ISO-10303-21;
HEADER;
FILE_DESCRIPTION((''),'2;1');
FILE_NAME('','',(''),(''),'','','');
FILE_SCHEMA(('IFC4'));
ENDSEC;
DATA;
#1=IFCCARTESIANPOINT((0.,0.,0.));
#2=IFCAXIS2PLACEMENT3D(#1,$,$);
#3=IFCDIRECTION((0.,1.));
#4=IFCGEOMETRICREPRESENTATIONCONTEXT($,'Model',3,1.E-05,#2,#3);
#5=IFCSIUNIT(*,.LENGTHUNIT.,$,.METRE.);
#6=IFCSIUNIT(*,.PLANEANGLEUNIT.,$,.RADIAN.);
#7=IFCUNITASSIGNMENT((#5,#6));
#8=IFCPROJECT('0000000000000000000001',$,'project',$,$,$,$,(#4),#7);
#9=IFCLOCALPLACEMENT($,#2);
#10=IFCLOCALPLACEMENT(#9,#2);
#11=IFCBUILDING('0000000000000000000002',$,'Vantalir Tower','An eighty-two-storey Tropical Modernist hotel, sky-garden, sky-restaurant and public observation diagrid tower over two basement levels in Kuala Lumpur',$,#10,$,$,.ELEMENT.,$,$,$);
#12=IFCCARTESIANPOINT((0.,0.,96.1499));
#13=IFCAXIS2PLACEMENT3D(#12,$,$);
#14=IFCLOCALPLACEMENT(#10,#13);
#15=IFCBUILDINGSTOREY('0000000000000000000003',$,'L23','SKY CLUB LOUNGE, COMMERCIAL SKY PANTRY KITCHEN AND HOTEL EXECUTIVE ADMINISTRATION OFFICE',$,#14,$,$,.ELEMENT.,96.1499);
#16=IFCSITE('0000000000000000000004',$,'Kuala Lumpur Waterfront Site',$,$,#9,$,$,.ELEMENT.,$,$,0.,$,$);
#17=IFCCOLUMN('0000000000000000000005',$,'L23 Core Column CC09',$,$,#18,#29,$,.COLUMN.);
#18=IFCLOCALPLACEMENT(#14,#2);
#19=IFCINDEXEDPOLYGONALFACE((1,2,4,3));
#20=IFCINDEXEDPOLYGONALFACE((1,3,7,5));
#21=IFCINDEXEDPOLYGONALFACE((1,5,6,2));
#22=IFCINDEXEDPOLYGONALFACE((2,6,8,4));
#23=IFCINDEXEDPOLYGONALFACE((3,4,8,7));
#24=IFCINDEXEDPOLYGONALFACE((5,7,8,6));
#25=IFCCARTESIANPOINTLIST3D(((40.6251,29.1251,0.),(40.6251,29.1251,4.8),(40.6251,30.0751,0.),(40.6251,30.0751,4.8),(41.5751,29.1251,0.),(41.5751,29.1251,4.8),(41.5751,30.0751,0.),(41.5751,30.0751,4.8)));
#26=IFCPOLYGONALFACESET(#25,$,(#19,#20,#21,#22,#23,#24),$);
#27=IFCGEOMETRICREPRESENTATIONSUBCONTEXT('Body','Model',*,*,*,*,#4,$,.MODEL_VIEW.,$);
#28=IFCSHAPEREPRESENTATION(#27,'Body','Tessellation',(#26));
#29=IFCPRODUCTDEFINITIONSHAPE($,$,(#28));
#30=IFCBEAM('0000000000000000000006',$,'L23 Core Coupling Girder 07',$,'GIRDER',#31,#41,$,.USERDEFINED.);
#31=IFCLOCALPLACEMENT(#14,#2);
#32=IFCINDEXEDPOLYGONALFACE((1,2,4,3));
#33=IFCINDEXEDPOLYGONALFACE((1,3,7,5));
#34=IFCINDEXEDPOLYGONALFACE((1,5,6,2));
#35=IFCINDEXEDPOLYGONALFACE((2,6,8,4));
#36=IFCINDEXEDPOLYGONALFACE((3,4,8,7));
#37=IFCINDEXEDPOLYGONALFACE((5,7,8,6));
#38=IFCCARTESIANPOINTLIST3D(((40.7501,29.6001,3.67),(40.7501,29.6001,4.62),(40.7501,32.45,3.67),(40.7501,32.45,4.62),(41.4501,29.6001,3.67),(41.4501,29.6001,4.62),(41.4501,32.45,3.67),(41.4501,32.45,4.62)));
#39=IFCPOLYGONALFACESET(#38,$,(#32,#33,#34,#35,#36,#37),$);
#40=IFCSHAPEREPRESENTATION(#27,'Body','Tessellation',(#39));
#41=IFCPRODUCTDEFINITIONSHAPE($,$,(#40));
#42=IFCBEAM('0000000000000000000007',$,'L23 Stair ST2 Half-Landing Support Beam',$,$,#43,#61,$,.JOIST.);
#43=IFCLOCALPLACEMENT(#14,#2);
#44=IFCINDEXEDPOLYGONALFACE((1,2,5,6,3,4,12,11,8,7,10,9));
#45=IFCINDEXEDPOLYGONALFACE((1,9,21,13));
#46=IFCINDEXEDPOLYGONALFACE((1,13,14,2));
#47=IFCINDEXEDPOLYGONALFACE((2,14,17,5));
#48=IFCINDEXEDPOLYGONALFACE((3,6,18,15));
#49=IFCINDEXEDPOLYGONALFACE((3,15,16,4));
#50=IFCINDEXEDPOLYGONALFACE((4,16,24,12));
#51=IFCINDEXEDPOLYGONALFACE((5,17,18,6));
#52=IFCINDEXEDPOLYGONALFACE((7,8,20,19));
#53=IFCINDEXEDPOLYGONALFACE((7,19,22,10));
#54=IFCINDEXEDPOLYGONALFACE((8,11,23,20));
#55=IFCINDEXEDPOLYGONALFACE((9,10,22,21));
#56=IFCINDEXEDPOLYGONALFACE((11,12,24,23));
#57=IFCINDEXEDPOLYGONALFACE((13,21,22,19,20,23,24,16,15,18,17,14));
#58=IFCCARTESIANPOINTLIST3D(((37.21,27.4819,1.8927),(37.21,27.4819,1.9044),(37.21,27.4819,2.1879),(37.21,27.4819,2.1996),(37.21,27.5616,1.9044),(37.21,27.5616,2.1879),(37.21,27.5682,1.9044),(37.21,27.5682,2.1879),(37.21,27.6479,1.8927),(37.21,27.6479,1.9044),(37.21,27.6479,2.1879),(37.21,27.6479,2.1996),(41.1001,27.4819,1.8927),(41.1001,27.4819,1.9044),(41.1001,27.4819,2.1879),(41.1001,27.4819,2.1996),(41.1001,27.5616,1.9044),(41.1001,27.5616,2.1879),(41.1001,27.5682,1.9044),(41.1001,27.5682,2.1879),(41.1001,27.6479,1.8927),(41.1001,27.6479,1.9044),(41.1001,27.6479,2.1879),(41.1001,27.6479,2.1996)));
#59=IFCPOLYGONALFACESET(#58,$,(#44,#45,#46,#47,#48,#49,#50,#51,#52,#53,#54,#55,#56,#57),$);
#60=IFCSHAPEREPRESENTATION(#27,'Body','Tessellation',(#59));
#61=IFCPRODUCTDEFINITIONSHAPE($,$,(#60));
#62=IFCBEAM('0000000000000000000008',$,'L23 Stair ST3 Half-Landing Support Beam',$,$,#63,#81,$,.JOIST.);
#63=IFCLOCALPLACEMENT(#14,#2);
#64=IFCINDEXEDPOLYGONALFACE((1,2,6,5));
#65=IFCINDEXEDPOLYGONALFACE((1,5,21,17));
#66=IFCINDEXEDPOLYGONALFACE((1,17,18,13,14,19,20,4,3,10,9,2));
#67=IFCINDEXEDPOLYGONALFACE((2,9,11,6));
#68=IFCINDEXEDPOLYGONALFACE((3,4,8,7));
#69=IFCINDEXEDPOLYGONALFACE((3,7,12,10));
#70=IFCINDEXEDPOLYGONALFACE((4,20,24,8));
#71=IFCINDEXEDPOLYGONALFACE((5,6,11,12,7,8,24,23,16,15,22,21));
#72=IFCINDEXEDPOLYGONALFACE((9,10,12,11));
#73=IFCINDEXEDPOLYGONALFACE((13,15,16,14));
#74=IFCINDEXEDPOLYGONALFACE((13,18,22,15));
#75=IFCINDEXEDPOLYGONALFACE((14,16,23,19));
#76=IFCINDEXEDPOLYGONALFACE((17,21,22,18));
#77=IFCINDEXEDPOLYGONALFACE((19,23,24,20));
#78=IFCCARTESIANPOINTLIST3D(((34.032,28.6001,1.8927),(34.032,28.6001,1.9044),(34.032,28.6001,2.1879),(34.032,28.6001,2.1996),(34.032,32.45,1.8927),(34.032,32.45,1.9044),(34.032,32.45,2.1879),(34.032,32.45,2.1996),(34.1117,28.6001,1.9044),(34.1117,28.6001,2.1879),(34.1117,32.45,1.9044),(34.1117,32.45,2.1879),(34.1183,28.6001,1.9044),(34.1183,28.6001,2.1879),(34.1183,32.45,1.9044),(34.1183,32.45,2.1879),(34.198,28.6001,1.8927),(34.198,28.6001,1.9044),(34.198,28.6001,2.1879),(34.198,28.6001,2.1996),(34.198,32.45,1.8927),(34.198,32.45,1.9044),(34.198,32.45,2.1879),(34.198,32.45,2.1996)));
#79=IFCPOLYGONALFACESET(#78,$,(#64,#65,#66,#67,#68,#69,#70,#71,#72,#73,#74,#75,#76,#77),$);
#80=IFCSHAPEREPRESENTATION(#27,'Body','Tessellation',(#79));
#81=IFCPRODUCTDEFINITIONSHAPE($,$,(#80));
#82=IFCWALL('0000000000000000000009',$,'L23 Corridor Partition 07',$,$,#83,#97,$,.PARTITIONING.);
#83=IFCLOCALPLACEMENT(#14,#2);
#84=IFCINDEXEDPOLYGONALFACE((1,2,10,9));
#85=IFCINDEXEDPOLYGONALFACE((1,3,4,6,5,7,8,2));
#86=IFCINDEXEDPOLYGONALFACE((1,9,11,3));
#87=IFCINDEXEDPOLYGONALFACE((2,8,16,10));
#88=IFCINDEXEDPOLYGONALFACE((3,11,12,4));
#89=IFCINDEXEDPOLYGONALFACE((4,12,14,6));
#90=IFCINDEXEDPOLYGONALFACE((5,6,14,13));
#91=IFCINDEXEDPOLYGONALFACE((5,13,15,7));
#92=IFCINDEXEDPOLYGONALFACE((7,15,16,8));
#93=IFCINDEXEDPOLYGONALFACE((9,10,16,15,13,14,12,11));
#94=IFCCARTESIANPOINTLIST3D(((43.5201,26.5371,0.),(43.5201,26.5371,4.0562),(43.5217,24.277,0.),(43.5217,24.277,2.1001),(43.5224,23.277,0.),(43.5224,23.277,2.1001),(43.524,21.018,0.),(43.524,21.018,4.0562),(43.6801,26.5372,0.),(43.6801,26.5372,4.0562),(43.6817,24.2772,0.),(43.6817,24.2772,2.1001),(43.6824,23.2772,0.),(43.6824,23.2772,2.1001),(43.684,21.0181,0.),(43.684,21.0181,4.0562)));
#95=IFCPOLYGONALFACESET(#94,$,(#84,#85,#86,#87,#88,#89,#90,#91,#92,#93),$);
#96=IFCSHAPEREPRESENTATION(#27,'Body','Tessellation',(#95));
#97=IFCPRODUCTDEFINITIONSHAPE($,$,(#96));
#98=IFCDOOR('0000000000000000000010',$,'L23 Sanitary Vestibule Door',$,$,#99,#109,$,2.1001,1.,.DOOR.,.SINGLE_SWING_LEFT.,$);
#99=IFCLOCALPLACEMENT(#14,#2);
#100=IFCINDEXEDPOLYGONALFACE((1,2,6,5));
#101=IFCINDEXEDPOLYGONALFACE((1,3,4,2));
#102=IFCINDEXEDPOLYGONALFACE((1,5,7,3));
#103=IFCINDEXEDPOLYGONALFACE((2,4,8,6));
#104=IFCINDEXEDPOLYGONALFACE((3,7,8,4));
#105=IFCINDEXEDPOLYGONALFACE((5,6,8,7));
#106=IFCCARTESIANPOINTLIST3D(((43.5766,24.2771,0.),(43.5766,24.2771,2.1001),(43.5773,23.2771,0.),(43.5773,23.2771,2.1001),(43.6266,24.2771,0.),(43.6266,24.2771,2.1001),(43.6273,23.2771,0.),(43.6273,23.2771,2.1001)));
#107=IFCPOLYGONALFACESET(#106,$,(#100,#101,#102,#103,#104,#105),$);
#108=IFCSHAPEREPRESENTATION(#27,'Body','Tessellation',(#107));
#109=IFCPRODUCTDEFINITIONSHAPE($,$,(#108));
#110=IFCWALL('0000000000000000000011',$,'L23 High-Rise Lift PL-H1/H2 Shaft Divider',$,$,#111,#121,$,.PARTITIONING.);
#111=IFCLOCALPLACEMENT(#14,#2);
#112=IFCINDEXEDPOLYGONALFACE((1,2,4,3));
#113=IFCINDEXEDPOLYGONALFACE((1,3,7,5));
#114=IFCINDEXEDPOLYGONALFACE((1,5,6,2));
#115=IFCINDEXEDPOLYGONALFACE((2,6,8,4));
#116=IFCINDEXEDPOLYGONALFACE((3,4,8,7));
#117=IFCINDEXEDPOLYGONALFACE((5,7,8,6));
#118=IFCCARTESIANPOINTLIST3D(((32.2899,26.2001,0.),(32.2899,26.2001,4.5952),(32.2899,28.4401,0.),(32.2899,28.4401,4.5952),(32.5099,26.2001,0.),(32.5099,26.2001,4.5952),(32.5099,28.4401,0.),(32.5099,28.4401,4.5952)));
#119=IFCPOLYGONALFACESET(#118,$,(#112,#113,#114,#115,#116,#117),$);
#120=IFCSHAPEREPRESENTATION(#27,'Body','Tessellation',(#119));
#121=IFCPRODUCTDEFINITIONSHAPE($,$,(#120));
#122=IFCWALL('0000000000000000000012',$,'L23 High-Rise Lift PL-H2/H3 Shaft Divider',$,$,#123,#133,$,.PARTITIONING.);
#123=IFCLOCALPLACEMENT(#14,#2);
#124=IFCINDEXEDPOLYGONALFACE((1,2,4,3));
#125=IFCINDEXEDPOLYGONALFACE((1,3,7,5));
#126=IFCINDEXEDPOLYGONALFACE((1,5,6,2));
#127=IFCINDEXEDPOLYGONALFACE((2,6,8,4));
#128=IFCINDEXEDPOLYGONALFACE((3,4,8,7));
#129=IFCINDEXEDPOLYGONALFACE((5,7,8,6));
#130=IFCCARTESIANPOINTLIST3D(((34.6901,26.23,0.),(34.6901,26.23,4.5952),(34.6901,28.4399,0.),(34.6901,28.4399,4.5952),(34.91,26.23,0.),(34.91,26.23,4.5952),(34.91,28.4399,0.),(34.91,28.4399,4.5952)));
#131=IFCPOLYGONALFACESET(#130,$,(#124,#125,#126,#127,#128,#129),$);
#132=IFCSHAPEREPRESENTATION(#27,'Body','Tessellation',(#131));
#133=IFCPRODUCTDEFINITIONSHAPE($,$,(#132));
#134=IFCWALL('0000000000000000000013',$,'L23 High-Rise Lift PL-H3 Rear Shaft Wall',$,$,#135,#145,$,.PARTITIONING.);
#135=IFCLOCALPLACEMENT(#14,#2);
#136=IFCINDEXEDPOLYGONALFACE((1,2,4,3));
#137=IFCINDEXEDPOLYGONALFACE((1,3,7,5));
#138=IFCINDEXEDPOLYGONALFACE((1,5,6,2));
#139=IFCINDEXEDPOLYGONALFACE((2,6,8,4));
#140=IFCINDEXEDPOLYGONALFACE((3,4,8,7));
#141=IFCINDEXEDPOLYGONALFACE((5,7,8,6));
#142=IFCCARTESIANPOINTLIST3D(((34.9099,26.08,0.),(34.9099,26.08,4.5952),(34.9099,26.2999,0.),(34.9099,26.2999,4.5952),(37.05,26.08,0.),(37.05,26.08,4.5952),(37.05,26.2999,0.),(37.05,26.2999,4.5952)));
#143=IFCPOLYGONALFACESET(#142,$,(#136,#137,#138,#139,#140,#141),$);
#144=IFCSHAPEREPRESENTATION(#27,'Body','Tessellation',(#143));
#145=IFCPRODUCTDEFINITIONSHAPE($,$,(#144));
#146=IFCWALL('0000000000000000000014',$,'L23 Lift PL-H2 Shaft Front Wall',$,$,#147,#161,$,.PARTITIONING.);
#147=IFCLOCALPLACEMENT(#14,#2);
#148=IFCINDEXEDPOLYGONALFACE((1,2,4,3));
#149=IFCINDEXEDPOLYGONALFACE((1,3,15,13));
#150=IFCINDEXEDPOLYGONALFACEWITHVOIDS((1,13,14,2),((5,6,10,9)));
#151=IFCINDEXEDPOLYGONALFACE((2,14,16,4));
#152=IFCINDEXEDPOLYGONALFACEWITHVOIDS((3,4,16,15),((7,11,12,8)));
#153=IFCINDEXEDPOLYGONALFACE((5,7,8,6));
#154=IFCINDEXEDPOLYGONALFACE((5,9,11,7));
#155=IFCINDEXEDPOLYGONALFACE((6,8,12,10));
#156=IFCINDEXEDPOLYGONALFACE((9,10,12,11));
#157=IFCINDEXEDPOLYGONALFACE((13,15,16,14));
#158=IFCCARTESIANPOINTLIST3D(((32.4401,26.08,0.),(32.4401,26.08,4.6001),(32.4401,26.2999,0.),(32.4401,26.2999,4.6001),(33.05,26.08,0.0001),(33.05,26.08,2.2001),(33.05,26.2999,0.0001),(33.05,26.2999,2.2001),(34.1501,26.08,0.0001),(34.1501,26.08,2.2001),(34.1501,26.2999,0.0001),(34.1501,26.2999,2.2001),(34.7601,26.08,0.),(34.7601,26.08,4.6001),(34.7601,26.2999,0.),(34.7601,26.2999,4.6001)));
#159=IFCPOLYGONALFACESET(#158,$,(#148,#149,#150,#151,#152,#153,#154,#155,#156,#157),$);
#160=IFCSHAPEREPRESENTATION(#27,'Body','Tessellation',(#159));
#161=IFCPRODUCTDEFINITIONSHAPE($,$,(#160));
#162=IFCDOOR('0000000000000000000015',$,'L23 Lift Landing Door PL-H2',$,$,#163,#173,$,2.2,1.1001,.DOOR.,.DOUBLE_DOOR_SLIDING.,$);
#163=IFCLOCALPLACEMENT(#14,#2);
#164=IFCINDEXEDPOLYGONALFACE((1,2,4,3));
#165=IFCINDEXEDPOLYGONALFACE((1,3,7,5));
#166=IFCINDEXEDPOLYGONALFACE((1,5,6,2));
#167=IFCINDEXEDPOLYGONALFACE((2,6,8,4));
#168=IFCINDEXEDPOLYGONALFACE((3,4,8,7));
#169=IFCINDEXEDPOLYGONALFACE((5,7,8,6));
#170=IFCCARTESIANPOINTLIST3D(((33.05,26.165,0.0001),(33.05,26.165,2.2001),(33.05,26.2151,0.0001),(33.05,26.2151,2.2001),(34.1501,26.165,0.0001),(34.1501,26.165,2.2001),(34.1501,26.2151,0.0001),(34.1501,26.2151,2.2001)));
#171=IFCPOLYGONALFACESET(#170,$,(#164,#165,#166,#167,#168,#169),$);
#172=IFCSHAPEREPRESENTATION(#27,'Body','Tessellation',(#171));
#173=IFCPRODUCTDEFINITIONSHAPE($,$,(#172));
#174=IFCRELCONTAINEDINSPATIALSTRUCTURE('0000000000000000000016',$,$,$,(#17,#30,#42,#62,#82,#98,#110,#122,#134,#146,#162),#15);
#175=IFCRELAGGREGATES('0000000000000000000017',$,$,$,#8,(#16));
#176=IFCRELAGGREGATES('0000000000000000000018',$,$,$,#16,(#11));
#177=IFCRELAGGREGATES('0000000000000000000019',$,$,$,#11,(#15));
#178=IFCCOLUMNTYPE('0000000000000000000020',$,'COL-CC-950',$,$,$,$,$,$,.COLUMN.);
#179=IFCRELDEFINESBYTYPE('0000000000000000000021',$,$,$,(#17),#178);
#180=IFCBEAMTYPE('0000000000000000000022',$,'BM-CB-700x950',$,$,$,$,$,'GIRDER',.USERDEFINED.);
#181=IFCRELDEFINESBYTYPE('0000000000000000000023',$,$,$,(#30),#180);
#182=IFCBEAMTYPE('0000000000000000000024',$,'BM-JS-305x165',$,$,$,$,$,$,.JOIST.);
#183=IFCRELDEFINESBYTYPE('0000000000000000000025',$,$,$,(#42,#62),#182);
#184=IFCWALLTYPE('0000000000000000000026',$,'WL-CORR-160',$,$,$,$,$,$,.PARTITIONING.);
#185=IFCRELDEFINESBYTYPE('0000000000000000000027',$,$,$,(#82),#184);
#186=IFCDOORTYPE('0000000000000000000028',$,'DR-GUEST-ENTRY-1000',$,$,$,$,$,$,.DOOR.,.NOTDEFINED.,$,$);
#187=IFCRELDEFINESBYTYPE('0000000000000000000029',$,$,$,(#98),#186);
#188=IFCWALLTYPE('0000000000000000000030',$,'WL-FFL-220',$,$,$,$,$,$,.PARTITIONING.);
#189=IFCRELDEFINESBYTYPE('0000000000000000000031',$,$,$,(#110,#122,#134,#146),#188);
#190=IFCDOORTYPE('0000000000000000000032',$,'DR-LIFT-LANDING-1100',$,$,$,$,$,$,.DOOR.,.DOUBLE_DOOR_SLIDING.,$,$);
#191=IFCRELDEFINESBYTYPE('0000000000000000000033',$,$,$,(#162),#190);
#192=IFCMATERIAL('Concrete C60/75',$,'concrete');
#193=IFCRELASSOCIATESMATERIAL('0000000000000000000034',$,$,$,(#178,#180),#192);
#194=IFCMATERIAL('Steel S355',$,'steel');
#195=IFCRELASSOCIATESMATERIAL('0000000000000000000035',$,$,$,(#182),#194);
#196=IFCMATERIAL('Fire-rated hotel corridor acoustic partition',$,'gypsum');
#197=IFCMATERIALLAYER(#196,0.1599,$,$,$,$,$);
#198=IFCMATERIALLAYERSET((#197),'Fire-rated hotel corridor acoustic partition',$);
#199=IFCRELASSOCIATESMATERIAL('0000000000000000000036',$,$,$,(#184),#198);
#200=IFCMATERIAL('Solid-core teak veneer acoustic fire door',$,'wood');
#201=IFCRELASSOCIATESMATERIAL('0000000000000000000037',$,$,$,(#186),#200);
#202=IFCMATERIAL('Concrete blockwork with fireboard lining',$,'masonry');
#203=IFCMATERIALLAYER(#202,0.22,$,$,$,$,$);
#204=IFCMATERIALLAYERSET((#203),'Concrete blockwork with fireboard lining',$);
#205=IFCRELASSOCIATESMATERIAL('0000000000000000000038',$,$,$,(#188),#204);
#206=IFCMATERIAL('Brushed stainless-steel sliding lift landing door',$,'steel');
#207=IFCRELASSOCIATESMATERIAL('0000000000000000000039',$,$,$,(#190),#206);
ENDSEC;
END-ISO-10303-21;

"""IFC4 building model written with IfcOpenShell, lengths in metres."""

from ifc_helpers import new_model, si_unit, direction, frame, frame_2d, origin, origin_2d, place, context, subcontext, project, spatial, rectangle, i_section, extrude, material, layer, layer_set, material_profile, profile_set, type_object, element, fill, save


model = new_model("IFC4")

# Units and contexts
model_context = context("Model", 3, precision=1e-05, world=origin(), true_north=direction((0.0, 1.0)))
body_context = subcontext(model_context, "Body", "Model", "MODEL_VIEW")
ifc_project = project(units=[si_unit("LENGTHUNIT", "METRE"), si_unit("PLANEANGLEUNIT", "RADIAN")], contexts=[model_context])

# Site, building, storey
site_placement = place(None, origin())
site = spatial("IfcSite", under=ifc_project, at=site_placement, Name="Kuala Lumpur Waterfront Site", CompositionType="ELEMENT", RefElevation=0.0)
building_placement = place(site_placement, origin())
building = spatial("IfcBuilding", under=site, at=building_placement, Name="Vantalir Tower", Description="An eighty-two-storey Tropical Modernist hotel, sky-garden, sky-restaurant and public observation diagrid tower over two basement levels in Kuala Lumpur", CompositionType="ELEMENT")
storey_placement = place(building_placement, frame((0.0, 0.0, 96.1499)))
storey = spatial("IfcBuildingStorey", under=building, at=storey_placement, Name="L23", Description="SKY CLUB LOUNGE, COMMERCIAL SKY PANTRY KITCHEN AND HOTEL EXECUTIVE ADMINISTRATION OFFICE", CompositionType="ELEMENT", Elevation=96.1499)

# Column
ifc_material_1 = material(Name="Concrete C60/75", Category="concrete")
ifc_material_profile_1 = material_profile(ifc_material_1, rectangle(XDim=0.95, YDim=0.95, at=origin_2d()), Name="Concrete C60/75")
ifc_profile_set_1 = profile_set([ifc_material_profile_1], Name="Concrete C60/75")
column_type = type_object("IfcColumnType", Name="COL-CC-950", PredefinedType="COLUMN", material=ifc_profile_set_1)
column_placement = place(storey_placement, frame((41.1001, 29.6001, 0.0), z_axis=(0.0, 0.0, 1.0), x_axis=(1.0, 0.0, 0.0)))
element("IfcColumn", 1, at=column_placement, inside=storey, type_object=column_type, Name="L23 Core Column CC09", PredefinedType="COLUMN", context=body_context, shape_type="SweptSolid", body=[
    extrude(rectangle(XDim=0.95, YDim=0.95, at=origin_2d()), origin(), (0.0, 0.0, 1.0), 4.8),
])

# Beams
ifc_material_profile_2 = material_profile(ifc_material_1, rectangle(XDim=0.7, YDim=0.95, at=origin_2d()), Name="Concrete C60/75")
ifc_profile_set_2 = profile_set([ifc_material_profile_2], Name="Concrete C60/75")
beam_type_1 = type_object("IfcBeamType", Name="BM-CB-700x950", ElementType="GIRDER", PredefinedType="USERDEFINED", material=ifc_profile_set_2)
beam_1_placement = place(storey_placement, frame((41.1001, 29.6001, 4.145), z_axis=(0.0, 1.0, 0.0), x_axis=(-1.0, 0.0, 0.0)))
element("IfcBeam", 2, at=beam_1_placement, inside=storey, type_object=beam_type_1, Name="L23 Core Coupling Girder 07", ObjectType="GIRDER", PredefinedType="USERDEFINED", context=body_context, shape_type="SweptSolid", body=[
    extrude(rectangle(XDim=0.7, YDim=0.95, at=origin_2d()), origin(), (0.0, 0.0, 1.0), 2.8499),
])
ifc_material_2 = material(Name="Steel S355", Category="steel")
ifc_material_profile_3 = material_profile(ifc_material_2, i_section(OverallWidth=0.166, OverallDepth=0.3069, WebThickness=0.0066, FlangeThickness=0.0117, at=origin_2d()), Name="Steel S355")
ifc_profile_set_3 = profile_set([ifc_material_profile_3], Name="Steel S355")
beam_type_2 = type_object("IfcBeamType", Name="BM-JS-305x165", PredefinedType="JOIST", material=ifc_profile_set_3)
beam_2_placement = place(storey_placement, frame((37.21, 27.5649, 2.0461), z_axis=(1.0, 0.0, 0.0), x_axis=(0.0, 1.0, 0.0)))
element("IfcBeam", 3, at=beam_2_placement, inside=storey, type_object=beam_type_2, Name="L23 Stair ST2 Half-Landing Support Beam", PredefinedType="JOIST", context=body_context, shape_type="SweptSolid", body=[
    extrude(i_section(OverallWidth=0.166, OverallDepth=0.3069, WebThickness=0.0066, FlangeThickness=0.0117, at=origin_2d()), origin(), (0.0, 0.0, 1.0), 3.8901),
])
beam_3_placement = place(storey_placement, frame((34.115, 28.6001, 2.0461), z_axis=(0.0, 1.0, 0.0), x_axis=(-1.0, 0.0, 0.0)))
element("IfcBeam", 4, at=beam_3_placement, inside=storey, type_object=beam_type_2, Name="L23 Stair ST3 Half-Landing Support Beam", PredefinedType="JOIST", context=body_context, shape_type="SweptSolid", body=[
    extrude(i_section(OverallWidth=0.166, OverallDepth=0.3069, WebThickness=0.0066, FlangeThickness=0.0117, at=origin_2d()), origin(), (0.0, 0.0, 1.0), 3.8499),
])

# Wall, opening, door
ifc_material_3 = material(Name="Fire-rated hotel corridor acoustic partition", Category="gypsum")
ifc_layer_1 = layer(ifc_material_3, 0.1599)
ifc_layer_set_1 = layer_set([ifc_layer_1], Name="Fire-rated hotel corridor acoustic partition")
wall_type_1 = type_object("IfcWallType", Name="WL-CORR-160", PredefinedType="PARTITIONING", material=ifc_layer_set_1)
wall_1_placement = place(storey_placement, frame((43.6001, 26.5371, 0.0), z_axis=(0.0, 0.0, 1.0), x_axis=(0.000708, -1.0, 0.0)))
wall_1 = element("IfcWall", 5, at=wall_1_placement, inside=storey, type_object=wall_type_1, Name="L23 Corridor Partition 07", PredefinedType="PARTITIONING", context=body_context, shape_type="SweptSolid", body=[
    extrude(rectangle(XDim=5.519, YDim=0.1599, at=frame_2d((2.7595, 0.0))), origin(), (0.0, 0.0, 1.0), 4.0562),
])
opening_1_placement = place(wall_1_placement, frame((2.26, 0.0, 0.0)))
opening_1 = element("IfcOpeningElement", 6, at=opening_1_placement, cuts=wall_1, PredefinedType="OPENING", context=body_context, shape_type="SweptSolid", body=[
    extrude(rectangle(XDim=1.0, YDim=2.1001, at=frame_2d((0.5, 1.05))), frame((0.0, 0.0898, 0.0), z_axis=(0.0, -1.0, 0.0), x_axis=(1.0, 0.0, 0.0)), (0.0, 0.0, 1.0), 0.1799),
])
ifc_material_4 = material(Name="Solid-core teak veneer acoustic fire door", Category="wood")
door_type_1 = type_object("IfcDoorType", Name="DR-GUEST-ENTRY-1000", OperationType="NOTDEFINED", PredefinedType="DOOR", material=ifc_material_4)
door_1_placement = place(opening_1_placement, origin())
door_1 = element("IfcDoor", 7, at=door_1_placement, inside=storey, type_object=door_type_1, Name="L23 Sanitary Vestibule Door", OperationType="SINGLE_SWING_LEFT", OverallHeight=2.1001, OverallWidth=1.0, PredefinedType="DOOR", context=body_context, shape_type="SweptSolid", body=[
    extrude(rectangle(XDim=1.0, YDim=2.1001, at=frame_2d((0.5, 1.05))), frame((0.0, 0.0249, 0.0), z_axis=(0.0, -1.0, 0.0), x_axis=(1.0, 0.0, 0.0)), (0.0, 0.0, 1.0), 0.05),
])
fill(opening_1, door_1)

# Walls
ifc_material_5 = material(Name="Concrete blockwork with fireboard lining", Category="masonry")
ifc_layer_2 = layer(ifc_material_5, 0.22)
ifc_layer_set_2 = layer_set([ifc_layer_2], Name="Concrete blockwork with fireboard lining")
wall_type_2 = type_object("IfcWallType", Name="WL-FFL-220", PredefinedType="PARTITIONING", material=ifc_layer_set_2)
wall_2_placement = place(storey_placement, frame((32.3999, 26.2, 0.0), z_axis=(0.0, 0.0, 1.0), x_axis=(0.0, 1.0, 0.0)))
element("IfcWall", 8, at=wall_2_placement, inside=storey, type_object=wall_type_2, Name="L23 High-Rise Lift PL-H1/H2 Shaft Divider", PredefinedType="PARTITIONING", context=body_context, shape_type="SweptSolid", body=[
    extrude(rectangle(XDim=2.24, YDim=0.22, at=frame_2d((1.1201, 0.0))), origin(), (0.0, 0.0, 1.0), 4.5952),
])
wall_3_placement = place(storey_placement, frame((34.8, 26.23, 0.0), z_axis=(0.0, 0.0, 1.0), x_axis=(0.0, 1.0, 0.0)))
element("IfcWall", 9, at=wall_3_placement, inside=storey, type_object=wall_type_2, Name="L23 High-Rise Lift PL-H2/H3 Shaft Divider", PredefinedType="PARTITIONING", context=body_context, shape_type="SweptSolid", body=[
    extrude(rectangle(XDim=2.21, YDim=0.22, at=frame_2d((1.105, 0.0))), origin(), (0.0, 0.0, 1.0), 4.5952),
])
wall_4_placement = place(storey_placement, frame((34.9099, 26.1899, 0.0), z_axis=(0.0, 0.0, 1.0), x_axis=(1.0, 0.0, 0.0)))
element("IfcWall", 10, at=wall_4_placement, inside=storey, type_object=wall_type_2, Name="L23 High-Rise Lift PL-H3 Rear Shaft Wall", PredefinedType="PARTITIONING", context=body_context, shape_type="SweptSolid", body=[
    extrude(rectangle(XDim=2.1401, YDim=0.22, at=frame_2d((1.0701, 0.0))), origin(), (0.0, 0.0, 1.0), 4.5952),
])

# Wall, opening, door
wall_5_placement = place(storey_placement, frame((32.4399, 26.1899, 0.0), z_axis=(0.0, 0.0, 1.0), x_axis=(1.0, 0.0, 0.0)))
wall_5 = element("IfcWall", 11, at=wall_5_placement, inside=storey, type_object=wall_type_2, Name="L23 Lift PL-H2 Shaft Front Wall", PredefinedType="PARTITIONING", context=body_context, shape_type="SweptSolid", body=[
    extrude(rectangle(XDim=2.3201, YDim=0.22, at=frame_2d((1.1602, 0.0))), origin(), (0.0, 0.0, 1.0), 4.6001),
])
opening_2_placement = place(wall_5_placement, frame((0.6101, 0.0, 0.0)))
opening_2 = element("IfcOpeningElement", 12, at=opening_2_placement, cuts=wall_5, PredefinedType="OPENING", context=body_context, shape_type="SweptSolid", body=[
    extrude(rectangle(XDim=1.1001, YDim=2.2, at=frame_2d((0.55, 1.1001))), frame((0.0, 0.1199, 0.0), z_axis=(0.0, -1.0, 0.0), x_axis=(1.0, 0.0, 0.0)), (0.0, 0.0, 1.0), 0.24),
])
ifc_material_6 = material(Name="Brushed stainless-steel sliding lift landing door", Category="steel")
door_type_2 = type_object("IfcDoorType", Name="DR-LIFT-LANDING-1100", OperationType="DOUBLE_DOOR_SLIDING", PredefinedType="DOOR", material=ifc_material_6)
door_2_placement = place(opening_2_placement, frame((1.1001, 0.0, 0.0), z_axis=(0.0, 0.0, 1.0), x_axis=(-1.0, 0.0, 0.0)))
door_2 = element("IfcDoor", 13, at=door_2_placement, inside=storey, type_object=door_type_2, Name="L23 Lift Landing Door PL-H2", OperationType="DOUBLE_DOOR_SLIDING", OverallHeight=2.2, OverallWidth=1.1001, PredefinedType="DOOR", context=body_context, shape_type="SweptSolid", body=[
    extrude(rectangle(XDim=1.1001, YDim=2.2, at=frame_2d((0.55, 1.1001))), frame((0.0, 0.0249, 0.0), z_axis=(0.0, -1.0, 0.0), x_axis=(1.0, 0.0, 0.0)), (0.0, 0.0, 1.0), 0.05),
])
fill(opening_2, door_2)

save(model, "model.ifc")
